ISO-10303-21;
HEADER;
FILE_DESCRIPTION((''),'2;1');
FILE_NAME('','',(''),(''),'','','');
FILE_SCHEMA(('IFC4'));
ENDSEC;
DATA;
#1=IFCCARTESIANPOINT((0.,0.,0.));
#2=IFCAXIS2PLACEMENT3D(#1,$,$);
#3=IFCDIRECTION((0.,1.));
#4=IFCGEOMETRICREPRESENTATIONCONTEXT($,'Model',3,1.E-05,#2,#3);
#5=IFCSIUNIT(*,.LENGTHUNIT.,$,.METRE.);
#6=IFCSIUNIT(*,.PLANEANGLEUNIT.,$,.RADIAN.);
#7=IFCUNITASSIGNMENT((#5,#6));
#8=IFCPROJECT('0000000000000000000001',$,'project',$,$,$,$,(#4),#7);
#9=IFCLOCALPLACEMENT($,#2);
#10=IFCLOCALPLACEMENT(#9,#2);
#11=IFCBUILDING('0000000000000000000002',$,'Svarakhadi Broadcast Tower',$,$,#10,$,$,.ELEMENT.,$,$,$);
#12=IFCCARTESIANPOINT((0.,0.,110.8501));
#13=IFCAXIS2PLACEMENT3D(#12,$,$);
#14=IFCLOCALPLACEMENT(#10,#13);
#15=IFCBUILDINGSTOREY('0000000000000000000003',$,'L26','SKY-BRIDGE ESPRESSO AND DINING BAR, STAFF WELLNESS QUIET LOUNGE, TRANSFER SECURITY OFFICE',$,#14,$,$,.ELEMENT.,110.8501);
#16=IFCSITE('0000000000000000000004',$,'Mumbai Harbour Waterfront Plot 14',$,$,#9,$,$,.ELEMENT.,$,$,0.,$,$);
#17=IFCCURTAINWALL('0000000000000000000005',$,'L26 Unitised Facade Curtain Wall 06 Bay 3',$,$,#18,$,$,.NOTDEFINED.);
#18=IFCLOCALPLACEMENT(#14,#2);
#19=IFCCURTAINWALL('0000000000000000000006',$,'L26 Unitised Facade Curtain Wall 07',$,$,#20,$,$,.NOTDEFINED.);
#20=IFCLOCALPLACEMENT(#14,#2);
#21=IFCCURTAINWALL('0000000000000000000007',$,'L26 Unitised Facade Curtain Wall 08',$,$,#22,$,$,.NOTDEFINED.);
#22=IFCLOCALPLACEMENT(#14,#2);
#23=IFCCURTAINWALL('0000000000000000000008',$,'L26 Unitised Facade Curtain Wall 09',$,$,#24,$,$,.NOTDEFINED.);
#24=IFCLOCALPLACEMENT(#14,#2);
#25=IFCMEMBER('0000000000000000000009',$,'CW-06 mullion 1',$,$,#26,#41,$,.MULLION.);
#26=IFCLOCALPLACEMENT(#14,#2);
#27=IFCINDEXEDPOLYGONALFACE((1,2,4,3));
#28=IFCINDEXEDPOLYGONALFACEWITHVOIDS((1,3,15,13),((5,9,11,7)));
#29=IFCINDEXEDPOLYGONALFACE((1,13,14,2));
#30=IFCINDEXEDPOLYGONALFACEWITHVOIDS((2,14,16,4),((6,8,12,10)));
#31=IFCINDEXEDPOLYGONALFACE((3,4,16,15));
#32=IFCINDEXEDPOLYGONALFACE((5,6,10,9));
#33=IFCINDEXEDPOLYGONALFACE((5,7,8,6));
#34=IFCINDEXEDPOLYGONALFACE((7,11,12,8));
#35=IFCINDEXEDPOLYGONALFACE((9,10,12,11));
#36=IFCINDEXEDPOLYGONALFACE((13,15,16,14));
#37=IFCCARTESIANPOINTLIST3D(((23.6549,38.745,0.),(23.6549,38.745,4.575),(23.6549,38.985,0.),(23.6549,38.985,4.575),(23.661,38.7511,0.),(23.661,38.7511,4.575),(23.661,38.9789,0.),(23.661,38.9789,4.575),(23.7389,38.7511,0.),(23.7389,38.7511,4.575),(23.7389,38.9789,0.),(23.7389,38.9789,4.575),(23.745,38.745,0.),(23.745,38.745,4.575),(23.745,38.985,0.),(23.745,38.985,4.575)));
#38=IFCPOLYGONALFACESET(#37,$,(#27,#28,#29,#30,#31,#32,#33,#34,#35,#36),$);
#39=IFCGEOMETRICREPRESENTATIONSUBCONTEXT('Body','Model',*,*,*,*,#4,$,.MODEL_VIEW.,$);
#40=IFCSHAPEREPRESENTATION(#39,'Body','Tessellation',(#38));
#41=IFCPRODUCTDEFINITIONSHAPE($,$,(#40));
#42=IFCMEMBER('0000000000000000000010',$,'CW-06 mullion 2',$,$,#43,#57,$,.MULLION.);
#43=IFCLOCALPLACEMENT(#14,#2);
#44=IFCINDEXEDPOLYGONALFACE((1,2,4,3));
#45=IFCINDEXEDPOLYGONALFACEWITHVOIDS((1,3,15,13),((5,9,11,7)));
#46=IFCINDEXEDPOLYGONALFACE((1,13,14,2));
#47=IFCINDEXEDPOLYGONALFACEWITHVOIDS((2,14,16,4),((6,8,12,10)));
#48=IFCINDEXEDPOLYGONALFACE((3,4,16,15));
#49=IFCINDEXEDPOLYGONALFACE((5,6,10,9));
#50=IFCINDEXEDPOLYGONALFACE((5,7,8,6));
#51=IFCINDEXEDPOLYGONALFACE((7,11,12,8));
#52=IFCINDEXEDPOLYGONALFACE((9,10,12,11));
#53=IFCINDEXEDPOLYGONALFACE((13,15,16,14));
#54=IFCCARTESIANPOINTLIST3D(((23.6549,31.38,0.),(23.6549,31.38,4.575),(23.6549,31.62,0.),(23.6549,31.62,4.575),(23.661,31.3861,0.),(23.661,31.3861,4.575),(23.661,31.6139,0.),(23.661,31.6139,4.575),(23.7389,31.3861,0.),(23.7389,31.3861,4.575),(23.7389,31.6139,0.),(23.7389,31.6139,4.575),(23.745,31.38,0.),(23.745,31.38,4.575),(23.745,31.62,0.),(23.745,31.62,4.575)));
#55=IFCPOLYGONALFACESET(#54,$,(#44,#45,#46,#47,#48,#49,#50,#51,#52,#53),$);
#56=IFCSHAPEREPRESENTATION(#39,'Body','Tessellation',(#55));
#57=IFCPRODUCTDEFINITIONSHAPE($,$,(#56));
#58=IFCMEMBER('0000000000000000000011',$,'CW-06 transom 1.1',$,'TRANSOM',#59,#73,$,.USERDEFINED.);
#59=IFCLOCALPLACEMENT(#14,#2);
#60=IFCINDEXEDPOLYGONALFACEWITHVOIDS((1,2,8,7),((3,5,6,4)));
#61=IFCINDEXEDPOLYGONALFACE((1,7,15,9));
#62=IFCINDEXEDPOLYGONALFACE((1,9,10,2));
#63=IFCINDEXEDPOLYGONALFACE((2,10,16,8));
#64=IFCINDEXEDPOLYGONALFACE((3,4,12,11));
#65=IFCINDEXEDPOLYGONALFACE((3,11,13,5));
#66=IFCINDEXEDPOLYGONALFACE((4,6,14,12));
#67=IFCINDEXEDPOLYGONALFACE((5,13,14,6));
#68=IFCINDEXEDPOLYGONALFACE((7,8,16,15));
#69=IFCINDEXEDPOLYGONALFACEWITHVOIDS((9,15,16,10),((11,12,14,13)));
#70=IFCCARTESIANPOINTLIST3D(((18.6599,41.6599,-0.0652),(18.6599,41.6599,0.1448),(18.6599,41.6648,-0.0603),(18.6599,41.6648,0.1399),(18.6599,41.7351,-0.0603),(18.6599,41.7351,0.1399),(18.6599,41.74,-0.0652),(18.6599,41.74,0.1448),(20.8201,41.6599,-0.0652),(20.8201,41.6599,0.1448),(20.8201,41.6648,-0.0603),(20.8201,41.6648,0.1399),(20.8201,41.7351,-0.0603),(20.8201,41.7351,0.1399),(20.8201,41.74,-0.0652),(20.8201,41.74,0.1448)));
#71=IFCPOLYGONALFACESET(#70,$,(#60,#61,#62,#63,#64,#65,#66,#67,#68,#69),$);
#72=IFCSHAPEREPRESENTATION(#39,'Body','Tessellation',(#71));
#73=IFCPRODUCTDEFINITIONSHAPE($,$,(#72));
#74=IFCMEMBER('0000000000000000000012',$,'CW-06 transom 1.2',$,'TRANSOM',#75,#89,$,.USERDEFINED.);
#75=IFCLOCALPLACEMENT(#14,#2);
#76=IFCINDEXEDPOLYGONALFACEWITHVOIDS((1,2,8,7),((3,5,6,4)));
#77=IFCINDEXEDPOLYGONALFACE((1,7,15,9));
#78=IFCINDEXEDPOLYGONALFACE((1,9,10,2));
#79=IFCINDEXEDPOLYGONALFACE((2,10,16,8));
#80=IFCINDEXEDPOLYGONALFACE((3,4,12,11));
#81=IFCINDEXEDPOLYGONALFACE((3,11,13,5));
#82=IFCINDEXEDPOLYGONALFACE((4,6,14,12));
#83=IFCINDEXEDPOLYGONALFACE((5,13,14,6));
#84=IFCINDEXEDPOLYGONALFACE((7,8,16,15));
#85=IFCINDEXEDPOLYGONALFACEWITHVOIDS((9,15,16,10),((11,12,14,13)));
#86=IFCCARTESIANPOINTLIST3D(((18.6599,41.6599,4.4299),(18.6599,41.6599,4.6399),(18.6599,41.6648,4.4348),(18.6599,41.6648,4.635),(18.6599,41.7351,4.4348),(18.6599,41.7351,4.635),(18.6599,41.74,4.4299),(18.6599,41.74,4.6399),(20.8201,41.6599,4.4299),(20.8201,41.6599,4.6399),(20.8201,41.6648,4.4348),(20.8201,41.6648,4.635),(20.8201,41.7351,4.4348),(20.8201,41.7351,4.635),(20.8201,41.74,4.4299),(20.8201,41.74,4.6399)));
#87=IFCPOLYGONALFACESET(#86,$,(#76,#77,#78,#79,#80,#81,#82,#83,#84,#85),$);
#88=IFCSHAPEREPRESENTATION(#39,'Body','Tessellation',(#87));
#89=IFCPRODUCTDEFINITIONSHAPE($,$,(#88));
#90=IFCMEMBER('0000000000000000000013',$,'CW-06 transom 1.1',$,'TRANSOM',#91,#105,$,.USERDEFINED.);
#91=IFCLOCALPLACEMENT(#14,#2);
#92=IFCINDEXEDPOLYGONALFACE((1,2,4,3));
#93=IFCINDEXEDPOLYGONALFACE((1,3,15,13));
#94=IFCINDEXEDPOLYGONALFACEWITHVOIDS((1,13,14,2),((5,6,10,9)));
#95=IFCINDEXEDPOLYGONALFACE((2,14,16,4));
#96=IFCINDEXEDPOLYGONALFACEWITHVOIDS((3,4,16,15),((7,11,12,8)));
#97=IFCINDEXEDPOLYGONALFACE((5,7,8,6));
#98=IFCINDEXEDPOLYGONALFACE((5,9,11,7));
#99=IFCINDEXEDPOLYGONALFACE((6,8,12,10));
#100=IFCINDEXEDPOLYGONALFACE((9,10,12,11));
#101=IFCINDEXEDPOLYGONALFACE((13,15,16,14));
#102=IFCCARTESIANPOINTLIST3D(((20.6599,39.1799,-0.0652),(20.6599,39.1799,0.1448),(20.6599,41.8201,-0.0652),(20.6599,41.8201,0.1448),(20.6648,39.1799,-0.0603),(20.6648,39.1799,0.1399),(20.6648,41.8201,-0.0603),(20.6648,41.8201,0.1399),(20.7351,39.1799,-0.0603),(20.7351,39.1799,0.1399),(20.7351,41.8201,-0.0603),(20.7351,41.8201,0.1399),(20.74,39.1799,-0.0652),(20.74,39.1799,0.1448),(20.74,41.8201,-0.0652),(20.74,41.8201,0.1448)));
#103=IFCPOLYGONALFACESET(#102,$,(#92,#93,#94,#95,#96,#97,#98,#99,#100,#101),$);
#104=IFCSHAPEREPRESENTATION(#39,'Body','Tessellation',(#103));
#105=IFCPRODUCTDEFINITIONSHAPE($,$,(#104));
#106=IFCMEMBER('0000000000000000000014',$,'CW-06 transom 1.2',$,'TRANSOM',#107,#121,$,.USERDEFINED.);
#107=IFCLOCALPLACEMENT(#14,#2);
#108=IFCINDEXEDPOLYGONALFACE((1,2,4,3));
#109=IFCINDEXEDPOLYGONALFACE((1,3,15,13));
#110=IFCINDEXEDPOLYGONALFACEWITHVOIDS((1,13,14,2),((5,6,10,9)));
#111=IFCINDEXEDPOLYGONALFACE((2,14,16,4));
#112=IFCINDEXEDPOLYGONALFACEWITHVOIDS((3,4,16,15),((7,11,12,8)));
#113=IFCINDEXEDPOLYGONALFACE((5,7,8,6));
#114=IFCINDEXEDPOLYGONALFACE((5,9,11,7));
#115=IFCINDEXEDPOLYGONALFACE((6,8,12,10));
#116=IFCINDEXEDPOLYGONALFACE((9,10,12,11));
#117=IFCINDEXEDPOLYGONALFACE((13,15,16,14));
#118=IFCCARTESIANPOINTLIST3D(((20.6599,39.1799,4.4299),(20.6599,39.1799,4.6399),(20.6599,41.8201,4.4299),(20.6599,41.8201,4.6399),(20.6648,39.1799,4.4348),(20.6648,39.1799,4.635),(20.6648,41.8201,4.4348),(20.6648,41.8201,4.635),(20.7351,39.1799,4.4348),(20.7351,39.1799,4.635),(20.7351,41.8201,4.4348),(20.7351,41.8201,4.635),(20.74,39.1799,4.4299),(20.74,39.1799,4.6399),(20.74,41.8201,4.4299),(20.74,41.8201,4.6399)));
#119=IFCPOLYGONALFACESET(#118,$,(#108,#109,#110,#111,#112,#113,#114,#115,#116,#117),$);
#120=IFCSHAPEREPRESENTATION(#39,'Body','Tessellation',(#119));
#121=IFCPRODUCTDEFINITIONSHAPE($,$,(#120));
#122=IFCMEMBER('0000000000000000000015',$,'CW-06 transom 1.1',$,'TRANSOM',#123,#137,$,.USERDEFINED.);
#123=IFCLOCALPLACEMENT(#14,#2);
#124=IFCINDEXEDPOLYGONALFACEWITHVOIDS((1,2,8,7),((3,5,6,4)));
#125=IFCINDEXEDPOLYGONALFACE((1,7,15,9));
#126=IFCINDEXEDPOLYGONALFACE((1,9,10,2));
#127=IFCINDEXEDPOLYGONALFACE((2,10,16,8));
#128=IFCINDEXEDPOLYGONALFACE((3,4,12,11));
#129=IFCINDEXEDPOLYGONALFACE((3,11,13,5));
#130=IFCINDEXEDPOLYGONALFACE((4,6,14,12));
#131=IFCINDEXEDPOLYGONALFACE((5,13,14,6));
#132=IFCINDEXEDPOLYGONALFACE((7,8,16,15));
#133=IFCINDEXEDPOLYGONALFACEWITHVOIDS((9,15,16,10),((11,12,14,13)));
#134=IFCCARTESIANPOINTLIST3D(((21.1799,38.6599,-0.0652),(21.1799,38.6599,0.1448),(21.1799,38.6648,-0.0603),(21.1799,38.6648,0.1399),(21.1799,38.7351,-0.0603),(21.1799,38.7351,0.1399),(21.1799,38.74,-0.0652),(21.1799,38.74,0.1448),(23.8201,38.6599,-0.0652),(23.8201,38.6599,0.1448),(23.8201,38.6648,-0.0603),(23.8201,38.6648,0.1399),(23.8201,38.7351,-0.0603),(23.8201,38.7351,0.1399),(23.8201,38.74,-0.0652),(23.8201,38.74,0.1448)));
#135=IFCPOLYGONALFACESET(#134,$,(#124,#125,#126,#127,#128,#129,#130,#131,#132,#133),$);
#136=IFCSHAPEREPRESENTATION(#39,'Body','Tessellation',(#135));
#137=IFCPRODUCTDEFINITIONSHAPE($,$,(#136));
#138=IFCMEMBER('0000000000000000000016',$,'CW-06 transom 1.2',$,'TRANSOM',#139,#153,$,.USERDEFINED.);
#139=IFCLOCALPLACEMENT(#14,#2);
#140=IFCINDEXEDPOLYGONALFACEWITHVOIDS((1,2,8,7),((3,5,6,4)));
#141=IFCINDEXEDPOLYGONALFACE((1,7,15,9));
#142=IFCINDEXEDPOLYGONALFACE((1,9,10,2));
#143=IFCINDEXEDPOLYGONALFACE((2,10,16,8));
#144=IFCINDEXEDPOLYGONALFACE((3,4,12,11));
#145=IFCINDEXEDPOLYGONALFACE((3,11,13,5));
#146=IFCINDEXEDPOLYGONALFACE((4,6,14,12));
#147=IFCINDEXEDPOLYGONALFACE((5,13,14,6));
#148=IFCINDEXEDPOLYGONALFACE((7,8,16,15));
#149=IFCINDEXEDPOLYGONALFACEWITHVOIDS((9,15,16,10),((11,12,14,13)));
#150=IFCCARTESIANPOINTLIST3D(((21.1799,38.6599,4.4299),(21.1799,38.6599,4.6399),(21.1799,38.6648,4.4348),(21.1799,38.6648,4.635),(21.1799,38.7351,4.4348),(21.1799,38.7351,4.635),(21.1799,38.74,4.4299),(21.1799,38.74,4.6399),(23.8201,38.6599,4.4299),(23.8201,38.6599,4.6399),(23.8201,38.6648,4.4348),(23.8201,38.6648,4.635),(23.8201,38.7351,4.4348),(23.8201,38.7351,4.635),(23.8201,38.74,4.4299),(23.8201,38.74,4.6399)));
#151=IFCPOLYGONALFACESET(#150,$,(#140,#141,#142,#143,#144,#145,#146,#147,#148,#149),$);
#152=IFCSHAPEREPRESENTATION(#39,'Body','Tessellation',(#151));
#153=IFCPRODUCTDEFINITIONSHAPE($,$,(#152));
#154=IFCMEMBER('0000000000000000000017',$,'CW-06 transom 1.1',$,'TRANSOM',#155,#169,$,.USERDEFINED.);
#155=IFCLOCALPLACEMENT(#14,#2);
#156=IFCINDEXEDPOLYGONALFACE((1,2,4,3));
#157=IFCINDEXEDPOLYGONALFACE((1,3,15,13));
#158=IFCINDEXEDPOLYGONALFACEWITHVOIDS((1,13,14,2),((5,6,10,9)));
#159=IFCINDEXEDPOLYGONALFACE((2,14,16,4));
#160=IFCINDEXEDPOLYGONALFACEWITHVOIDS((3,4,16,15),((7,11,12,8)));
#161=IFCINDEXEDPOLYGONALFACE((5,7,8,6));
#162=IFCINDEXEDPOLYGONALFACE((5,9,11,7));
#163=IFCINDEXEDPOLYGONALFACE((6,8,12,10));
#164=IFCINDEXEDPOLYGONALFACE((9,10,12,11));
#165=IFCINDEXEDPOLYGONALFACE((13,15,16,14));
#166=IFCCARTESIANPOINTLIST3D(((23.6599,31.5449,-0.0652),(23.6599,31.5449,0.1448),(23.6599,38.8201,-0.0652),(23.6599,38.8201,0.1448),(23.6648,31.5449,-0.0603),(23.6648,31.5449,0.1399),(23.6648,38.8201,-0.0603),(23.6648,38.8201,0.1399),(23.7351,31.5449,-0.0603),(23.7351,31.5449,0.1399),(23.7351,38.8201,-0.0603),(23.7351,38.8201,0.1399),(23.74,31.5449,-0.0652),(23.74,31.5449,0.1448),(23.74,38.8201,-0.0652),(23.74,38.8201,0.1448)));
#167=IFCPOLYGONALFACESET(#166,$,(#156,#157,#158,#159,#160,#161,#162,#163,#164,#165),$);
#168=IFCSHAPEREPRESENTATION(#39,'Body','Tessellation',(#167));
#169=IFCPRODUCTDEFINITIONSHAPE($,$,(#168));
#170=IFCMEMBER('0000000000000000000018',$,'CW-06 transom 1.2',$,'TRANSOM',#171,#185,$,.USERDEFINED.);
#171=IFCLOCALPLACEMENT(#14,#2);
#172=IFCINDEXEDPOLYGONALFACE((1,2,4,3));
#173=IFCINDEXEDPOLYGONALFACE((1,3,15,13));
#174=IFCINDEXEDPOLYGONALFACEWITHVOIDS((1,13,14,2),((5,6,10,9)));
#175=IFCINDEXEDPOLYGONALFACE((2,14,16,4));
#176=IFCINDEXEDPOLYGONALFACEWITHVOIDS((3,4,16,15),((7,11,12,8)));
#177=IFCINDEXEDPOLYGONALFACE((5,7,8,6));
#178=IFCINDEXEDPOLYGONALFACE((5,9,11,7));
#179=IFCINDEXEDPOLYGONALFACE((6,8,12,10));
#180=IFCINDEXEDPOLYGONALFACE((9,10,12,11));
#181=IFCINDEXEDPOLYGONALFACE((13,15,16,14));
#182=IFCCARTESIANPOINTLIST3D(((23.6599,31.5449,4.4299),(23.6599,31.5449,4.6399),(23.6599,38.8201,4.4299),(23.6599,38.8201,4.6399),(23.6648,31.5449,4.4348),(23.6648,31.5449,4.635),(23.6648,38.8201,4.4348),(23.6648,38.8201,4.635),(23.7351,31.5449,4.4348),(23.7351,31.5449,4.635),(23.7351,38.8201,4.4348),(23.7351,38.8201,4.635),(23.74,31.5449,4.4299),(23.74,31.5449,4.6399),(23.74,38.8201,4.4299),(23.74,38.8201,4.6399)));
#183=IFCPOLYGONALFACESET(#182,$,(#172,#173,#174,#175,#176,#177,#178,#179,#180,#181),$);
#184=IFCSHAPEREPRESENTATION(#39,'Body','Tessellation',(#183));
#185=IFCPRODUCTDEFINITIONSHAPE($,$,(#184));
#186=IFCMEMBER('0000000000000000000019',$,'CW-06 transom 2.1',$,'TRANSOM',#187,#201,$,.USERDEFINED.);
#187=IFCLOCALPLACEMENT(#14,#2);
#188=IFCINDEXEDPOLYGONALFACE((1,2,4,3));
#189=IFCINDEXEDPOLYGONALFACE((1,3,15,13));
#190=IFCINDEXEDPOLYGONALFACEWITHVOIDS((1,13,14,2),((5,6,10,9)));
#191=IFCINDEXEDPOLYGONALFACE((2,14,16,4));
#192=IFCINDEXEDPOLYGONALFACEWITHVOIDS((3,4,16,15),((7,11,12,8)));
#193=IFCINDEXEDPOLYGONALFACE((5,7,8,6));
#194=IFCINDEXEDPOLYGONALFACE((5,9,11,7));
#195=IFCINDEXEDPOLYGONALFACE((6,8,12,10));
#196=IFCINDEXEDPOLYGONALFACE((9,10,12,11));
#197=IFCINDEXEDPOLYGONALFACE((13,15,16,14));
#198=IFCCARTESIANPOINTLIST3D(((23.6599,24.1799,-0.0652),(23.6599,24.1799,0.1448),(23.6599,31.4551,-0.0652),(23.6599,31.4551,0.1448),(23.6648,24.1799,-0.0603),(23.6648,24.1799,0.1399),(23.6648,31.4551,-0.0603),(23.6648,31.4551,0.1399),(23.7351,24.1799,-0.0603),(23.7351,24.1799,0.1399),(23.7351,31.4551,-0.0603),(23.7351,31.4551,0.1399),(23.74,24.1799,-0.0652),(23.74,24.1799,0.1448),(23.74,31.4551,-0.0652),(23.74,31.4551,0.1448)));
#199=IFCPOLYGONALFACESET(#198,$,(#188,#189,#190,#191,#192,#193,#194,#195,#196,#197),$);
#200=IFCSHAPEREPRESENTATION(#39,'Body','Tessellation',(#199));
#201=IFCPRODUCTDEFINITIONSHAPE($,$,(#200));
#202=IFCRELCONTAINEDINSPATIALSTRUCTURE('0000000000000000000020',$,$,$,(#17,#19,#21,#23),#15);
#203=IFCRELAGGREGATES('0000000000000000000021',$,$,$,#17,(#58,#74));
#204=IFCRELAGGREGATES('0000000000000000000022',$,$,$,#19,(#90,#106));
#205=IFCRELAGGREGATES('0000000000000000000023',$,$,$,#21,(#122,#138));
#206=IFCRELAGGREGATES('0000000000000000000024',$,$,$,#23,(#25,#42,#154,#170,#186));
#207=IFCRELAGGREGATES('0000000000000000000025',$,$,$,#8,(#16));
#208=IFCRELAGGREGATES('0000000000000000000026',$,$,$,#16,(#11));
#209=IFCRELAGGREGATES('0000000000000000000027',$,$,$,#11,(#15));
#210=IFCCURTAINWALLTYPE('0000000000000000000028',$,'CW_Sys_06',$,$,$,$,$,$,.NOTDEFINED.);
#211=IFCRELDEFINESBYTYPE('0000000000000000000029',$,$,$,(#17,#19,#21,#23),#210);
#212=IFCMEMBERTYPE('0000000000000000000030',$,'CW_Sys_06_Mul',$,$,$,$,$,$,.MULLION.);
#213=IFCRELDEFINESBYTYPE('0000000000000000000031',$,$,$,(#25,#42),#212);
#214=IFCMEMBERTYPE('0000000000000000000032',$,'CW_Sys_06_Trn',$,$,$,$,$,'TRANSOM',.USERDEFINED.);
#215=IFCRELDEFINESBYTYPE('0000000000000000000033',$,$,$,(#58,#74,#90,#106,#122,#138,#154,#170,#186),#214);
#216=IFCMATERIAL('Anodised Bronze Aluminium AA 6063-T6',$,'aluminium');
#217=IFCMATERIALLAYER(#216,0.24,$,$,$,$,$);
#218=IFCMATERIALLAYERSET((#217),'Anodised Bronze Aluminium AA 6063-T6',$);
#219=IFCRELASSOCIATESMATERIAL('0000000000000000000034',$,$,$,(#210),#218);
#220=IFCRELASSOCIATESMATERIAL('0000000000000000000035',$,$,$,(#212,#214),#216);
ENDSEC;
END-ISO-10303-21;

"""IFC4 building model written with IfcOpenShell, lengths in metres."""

from ifc_helpers import new_model, si_unit, direction, frame, origin, origin_2d, place, context, subcontext, project, spatial, hollow_rectangle, extrude, material, layer, layer_set, material_profile, profile_set, type_object, element, aggregate, save


model = new_model("IFC4")

# Units and contexts
model_context = context("Model", 3, precision=1e-05, world=origin(), true_north=direction((0.0, 1.0)))
body_context = subcontext(model_context, "Body", "Model", "MODEL_VIEW")
ifc_project = project(units=[si_unit("LENGTHUNIT", "METRE"), si_unit("PLANEANGLEUNIT", "RADIAN")], contexts=[model_context])

# Site, building, storey
site_placement = place(None, origin())
site = spatial("IfcSite", under=ifc_project, at=site_placement, Name="Mumbai Harbour Waterfront Plot 14", CompositionType="ELEMENT", RefElevation=0.0)
building_placement = place(site_placement, origin())
building = spatial("IfcBuilding", under=site, at=building_placement, Name="Svarakhadi Broadcast Tower", CompositionType="ELEMENT")
storey_placement = place(building_placement, frame((0.0, 0.0, 110.8501)))
storey = spatial("IfcBuildingStorey", under=building, at=storey_placement, Name="L26", Description="SKY-BRIDGE ESPRESSO AND DINING BAR, STAFF WELLNESS QUIET LOUNGE, TRANSFER SECURITY OFFICE", CompositionType="ELEMENT", Elevation=110.8501)

# Curtain walls, members
ifc_material_1 = material(Name="Anodised Bronze Aluminium AA 6063-T6", Category="aluminium")
ifc_layer_1 = layer(ifc_material_1, 0.24)
ifc_layer_set_1 = layer_set([ifc_layer_1], Name="Anodised Bronze Aluminium AA 6063-T6")
curtain_wall_type = type_object("IfcCurtainWallType", Name="CW_Sys_06", PredefinedType="NOTDEFINED", material=ifc_layer_set_1)
curtain_wall_1_placement = place(storey_placement, origin())
curtain_wall_1 = element("IfcCurtainWall", 1, at=curtain_wall_1_placement, inside=storey, type_object=curtain_wall_type, Name="L26 Unitised Facade Curtain Wall 06 Bay 3", PredefinedType="NOTDEFINED")
ifc_material_profile_1 = material_profile(ifc_material_1, hollow_rectangle(XDim=0.0901, YDim=0.24, WallThickness=0.0061, at=origin_2d()), Name="ALU MULLION 240x90x6")
ifc_profile_set_1 = profile_set([ifc_material_profile_1], Name="Anodised Bronze Aluminium AA 6063-T6")
member_type_1 = type_object("IfcMemberType", Name="CW_Sys_06_Mul", PredefinedType="MULLION", material=ifc_profile_set_1)
curtain_wall_2_placement = place(storey_placement, origin())
curtain_wall_2 = element("IfcCurtainWall", 2, at=curtain_wall_2_placement, inside=storey, type_object=curtain_wall_type, Name="L26 Unitised Facade Curtain Wall 07", PredefinedType="NOTDEFINED")
curtain_wall_3_placement = place(storey_placement, origin())
curtain_wall_3 = element("IfcCurtainWall", 3, at=curtain_wall_3_placement, inside=storey, type_object=curtain_wall_type, Name="L26 Unitised Facade Curtain Wall 08", PredefinedType="NOTDEFINED")
curtain_wall_4_placement = place(storey_placement, origin())
curtain_wall_4 = element("IfcCurtainWall", 4, at=curtain_wall_4_placement, inside=storey, type_object=curtain_wall_type, Name="L26 Unitised Facade Curtain Wall 09", PredefinedType="NOTDEFINED")
member_1_placement = place(storey_placement, frame((23.7, 38.865, 0.0), z_axis=(0.0, 0.0, 1.0), x_axis=(1.0, 0.0, 0.0)))
member_1 = element("IfcMember", 5, at=member_1_placement, type_object=member_type_1, Name="CW-06 mullion 1", PredefinedType="MULLION", context=body_context, shape_type="SweptSolid", body=[
    extrude(hollow_rectangle(XDim=0.0901, YDim=0.24, WallThickness=0.0061, at=origin_2d()), origin(), (0.0, 0.0, 1.0), 4.575),
])
member_2_placement = place(storey_placement, frame((23.7, 31.5, 0.0), z_axis=(0.0, 0.0, 1.0), x_axis=(1.0, 0.0, 0.0)))
member_2 = element("IfcMember", 6, at=member_2_placement, type_object=member_type_1, Name="CW-06 mullion 2", PredefinedType="MULLION", context=body_context, shape_type="SweptSolid", body=[
    extrude(hollow_rectangle(XDim=0.0901, YDim=0.24, WallThickness=0.0061, at=origin_2d()), origin(), (0.0, 0.0, 1.0), 4.575),
])

# Members
ifc_material_profile_2 = material_profile(ifc_material_1, hollow_rectangle(XDim=0.0801, YDim=0.21, WallThickness=0.0049, at=origin_2d()), Name="ALU TRANSOM 210x80x5")
ifc_profile_set_2 = profile_set([ifc_material_profile_2], Name="Anodised Bronze Aluminium AA 6063-T6")
member_type_2 = type_object("IfcMemberType", Name="CW_Sys_06_Trn", ElementType="TRANSOM", PredefinedType="USERDEFINED", material=ifc_profile_set_2)
member_3_placement = place(storey_placement, frame((18.6599, 41.7, 0.0398), z_axis=(1.0, 0.0, 0.0), x_axis=(0.0, 1.0, 0.0)))
member_3 = element("IfcMember", 7, at=member_3_placement, type_object=member_type_2, Name="CW-06 transom 1.1", ObjectType="TRANSOM", PredefinedType="USERDEFINED", context=body_context, shape_type="SweptSolid", body=[
    extrude(hollow_rectangle(XDim=0.0801, YDim=0.21, WallThickness=0.0049, at=origin_2d()), origin(), (0.0, 0.0, 1.0), 2.1602),
])
member_4_placement = place(storey_placement, frame((18.6599, 41.7, 4.5349), z_axis=(1.0, 0.0, 0.0), x_axis=(0.0, 1.0, 0.0)))
member_4 = element("IfcMember", 8, at=member_4_placement, type_object=member_type_2, Name="CW-06 transom 1.2", ObjectType="TRANSOM", PredefinedType="USERDEFINED", context=body_context, shape_type="SweptSolid", body=[
    extrude(hollow_rectangle(XDim=0.0801, YDim=0.21, WallThickness=0.0049, at=origin_2d()), origin(), (0.0, 0.0, 1.0), 2.1602),
])
member_5_placement = place(storey_placement, frame((20.7, 41.8201, 0.0398), z_axis=(0.0, -1.0, 0.0), x_axis=(1.0, 0.0, 0.0)))
member_5 = element("IfcMember", 9, at=member_5_placement, type_object=member_type_2, Name="CW-06 transom 1.1", ObjectType="TRANSOM", PredefinedType="USERDEFINED", context=body_context, shape_type="SweptSolid", body=[
    extrude(hollow_rectangle(XDim=0.0801, YDim=0.21, WallThickness=0.0049, at=origin_2d()), origin(), (0.0, 0.0, 1.0), 2.6401),
])
member_6_placement = place(storey_placement, frame((20.7, 41.8201, 4.5349), z_axis=(0.0, -1.0, 0.0), x_axis=(1.0, 0.0, 0.0)))
member_6 = element("IfcMember", 10, at=member_6_placement, type_object=member_type_2, Name="CW-06 transom 1.2", ObjectType="TRANSOM", PredefinedType="USERDEFINED", context=body_context, shape_type="SweptSolid", body=[
    extrude(hollow_rectangle(XDim=0.0801, YDim=0.21, WallThickness=0.0049, at=origin_2d()), origin(), (0.0, 0.0, 1.0), 2.6401),
])
member_7_placement = place(storey_placement, frame((21.1799, 38.7, 0.0398), z_axis=(1.0, 0.0, 0.0), x_axis=(0.0, 1.0, 0.0)))
member_7 = element("IfcMember", 11, at=member_7_placement, type_object=member_type_2, Name="CW-06 transom 1.1", ObjectType="TRANSOM", PredefinedType="USERDEFINED", context=body_context, shape_type="SweptSolid", body=[
    extrude(hollow_rectangle(XDim=0.0801, YDim=0.21, WallThickness=0.0049, at=origin_2d()), origin(), (0.0, 0.0, 1.0), 2.6401),
])
member_8_placement = place(storey_placement, frame((21.1799, 38.7, 4.5349), z_axis=(1.0, 0.0, 0.0), x_axis=(0.0, 1.0, 0.0)))
member_8 = element("IfcMember", 12, at=member_8_placement, type_object=member_type_2, Name="CW-06 transom 1.2", ObjectType="TRANSOM", PredefinedType="USERDEFINED", context=body_context, shape_type="SweptSolid", body=[
    extrude(hollow_rectangle(XDim=0.0801, YDim=0.21, WallThickness=0.0049, at=origin_2d()), origin(), (0.0, 0.0, 1.0), 2.6401),
])
member_9_placement = place(storey_placement, frame((23.7, 38.8201, 0.0398), z_axis=(0.0, -1.0, 0.0), x_axis=(1.0, 0.0, 0.0)))
member_9 = element("IfcMember", 13, at=member_9_placement, type_object=member_type_2, Name="CW-06 transom 1.1", ObjectType="TRANSOM", PredefinedType="USERDEFINED", context=body_context, shape_type="SweptSolid", body=[
    extrude(hollow_rectangle(XDim=0.0801, YDim=0.21, WallThickness=0.0049, at=origin_2d()), origin(), (0.0, 0.0, 1.0), 7.2751),
])
member_10_placement = place(storey_placement, frame((23.7, 38.8201, 4.5349), z_axis=(0.0, -1.0, 0.0), x_axis=(1.0, 0.0, 0.0)))
member_10 = element("IfcMember", 14, at=member_10_placement, type_object=member_type_2, Name="CW-06 transom 1.2", ObjectType="TRANSOM", PredefinedType="USERDEFINED", context=body_context, shape_type="SweptSolid", body=[
    extrude(hollow_rectangle(XDim=0.0801, YDim=0.21, WallThickness=0.0049, at=origin_2d()), origin(), (0.0, 0.0, 1.0), 7.2751),
])
member_11_placement = place(storey_placement, frame((23.7, 31.4551, 0.0398), z_axis=(0.0, -1.0, 0.0), x_axis=(1.0, 0.0, 0.0)))
member_11 = element("IfcMember", 15, at=member_11_placement, type_object=member_type_2, Name="CW-06 transom 2.1", ObjectType="TRANSOM", PredefinedType="USERDEFINED", context=body_context, shape_type="SweptSolid", body=[
    extrude(hollow_rectangle(XDim=0.0801, YDim=0.21, WallThickness=0.0049, at=origin_2d()), origin(), (0.0, 0.0, 1.0), 7.2751),
])

aggregate(curtain_wall_1, [member_3, member_4])
aggregate(curtain_wall_2, [member_5, member_6])
aggregate(curtain_wall_3, [member_7, member_8])
aggregate(curtain_wall_4, [member_1, member_2, member_9, member_10, member_11])

save(model, "model.ifc")
